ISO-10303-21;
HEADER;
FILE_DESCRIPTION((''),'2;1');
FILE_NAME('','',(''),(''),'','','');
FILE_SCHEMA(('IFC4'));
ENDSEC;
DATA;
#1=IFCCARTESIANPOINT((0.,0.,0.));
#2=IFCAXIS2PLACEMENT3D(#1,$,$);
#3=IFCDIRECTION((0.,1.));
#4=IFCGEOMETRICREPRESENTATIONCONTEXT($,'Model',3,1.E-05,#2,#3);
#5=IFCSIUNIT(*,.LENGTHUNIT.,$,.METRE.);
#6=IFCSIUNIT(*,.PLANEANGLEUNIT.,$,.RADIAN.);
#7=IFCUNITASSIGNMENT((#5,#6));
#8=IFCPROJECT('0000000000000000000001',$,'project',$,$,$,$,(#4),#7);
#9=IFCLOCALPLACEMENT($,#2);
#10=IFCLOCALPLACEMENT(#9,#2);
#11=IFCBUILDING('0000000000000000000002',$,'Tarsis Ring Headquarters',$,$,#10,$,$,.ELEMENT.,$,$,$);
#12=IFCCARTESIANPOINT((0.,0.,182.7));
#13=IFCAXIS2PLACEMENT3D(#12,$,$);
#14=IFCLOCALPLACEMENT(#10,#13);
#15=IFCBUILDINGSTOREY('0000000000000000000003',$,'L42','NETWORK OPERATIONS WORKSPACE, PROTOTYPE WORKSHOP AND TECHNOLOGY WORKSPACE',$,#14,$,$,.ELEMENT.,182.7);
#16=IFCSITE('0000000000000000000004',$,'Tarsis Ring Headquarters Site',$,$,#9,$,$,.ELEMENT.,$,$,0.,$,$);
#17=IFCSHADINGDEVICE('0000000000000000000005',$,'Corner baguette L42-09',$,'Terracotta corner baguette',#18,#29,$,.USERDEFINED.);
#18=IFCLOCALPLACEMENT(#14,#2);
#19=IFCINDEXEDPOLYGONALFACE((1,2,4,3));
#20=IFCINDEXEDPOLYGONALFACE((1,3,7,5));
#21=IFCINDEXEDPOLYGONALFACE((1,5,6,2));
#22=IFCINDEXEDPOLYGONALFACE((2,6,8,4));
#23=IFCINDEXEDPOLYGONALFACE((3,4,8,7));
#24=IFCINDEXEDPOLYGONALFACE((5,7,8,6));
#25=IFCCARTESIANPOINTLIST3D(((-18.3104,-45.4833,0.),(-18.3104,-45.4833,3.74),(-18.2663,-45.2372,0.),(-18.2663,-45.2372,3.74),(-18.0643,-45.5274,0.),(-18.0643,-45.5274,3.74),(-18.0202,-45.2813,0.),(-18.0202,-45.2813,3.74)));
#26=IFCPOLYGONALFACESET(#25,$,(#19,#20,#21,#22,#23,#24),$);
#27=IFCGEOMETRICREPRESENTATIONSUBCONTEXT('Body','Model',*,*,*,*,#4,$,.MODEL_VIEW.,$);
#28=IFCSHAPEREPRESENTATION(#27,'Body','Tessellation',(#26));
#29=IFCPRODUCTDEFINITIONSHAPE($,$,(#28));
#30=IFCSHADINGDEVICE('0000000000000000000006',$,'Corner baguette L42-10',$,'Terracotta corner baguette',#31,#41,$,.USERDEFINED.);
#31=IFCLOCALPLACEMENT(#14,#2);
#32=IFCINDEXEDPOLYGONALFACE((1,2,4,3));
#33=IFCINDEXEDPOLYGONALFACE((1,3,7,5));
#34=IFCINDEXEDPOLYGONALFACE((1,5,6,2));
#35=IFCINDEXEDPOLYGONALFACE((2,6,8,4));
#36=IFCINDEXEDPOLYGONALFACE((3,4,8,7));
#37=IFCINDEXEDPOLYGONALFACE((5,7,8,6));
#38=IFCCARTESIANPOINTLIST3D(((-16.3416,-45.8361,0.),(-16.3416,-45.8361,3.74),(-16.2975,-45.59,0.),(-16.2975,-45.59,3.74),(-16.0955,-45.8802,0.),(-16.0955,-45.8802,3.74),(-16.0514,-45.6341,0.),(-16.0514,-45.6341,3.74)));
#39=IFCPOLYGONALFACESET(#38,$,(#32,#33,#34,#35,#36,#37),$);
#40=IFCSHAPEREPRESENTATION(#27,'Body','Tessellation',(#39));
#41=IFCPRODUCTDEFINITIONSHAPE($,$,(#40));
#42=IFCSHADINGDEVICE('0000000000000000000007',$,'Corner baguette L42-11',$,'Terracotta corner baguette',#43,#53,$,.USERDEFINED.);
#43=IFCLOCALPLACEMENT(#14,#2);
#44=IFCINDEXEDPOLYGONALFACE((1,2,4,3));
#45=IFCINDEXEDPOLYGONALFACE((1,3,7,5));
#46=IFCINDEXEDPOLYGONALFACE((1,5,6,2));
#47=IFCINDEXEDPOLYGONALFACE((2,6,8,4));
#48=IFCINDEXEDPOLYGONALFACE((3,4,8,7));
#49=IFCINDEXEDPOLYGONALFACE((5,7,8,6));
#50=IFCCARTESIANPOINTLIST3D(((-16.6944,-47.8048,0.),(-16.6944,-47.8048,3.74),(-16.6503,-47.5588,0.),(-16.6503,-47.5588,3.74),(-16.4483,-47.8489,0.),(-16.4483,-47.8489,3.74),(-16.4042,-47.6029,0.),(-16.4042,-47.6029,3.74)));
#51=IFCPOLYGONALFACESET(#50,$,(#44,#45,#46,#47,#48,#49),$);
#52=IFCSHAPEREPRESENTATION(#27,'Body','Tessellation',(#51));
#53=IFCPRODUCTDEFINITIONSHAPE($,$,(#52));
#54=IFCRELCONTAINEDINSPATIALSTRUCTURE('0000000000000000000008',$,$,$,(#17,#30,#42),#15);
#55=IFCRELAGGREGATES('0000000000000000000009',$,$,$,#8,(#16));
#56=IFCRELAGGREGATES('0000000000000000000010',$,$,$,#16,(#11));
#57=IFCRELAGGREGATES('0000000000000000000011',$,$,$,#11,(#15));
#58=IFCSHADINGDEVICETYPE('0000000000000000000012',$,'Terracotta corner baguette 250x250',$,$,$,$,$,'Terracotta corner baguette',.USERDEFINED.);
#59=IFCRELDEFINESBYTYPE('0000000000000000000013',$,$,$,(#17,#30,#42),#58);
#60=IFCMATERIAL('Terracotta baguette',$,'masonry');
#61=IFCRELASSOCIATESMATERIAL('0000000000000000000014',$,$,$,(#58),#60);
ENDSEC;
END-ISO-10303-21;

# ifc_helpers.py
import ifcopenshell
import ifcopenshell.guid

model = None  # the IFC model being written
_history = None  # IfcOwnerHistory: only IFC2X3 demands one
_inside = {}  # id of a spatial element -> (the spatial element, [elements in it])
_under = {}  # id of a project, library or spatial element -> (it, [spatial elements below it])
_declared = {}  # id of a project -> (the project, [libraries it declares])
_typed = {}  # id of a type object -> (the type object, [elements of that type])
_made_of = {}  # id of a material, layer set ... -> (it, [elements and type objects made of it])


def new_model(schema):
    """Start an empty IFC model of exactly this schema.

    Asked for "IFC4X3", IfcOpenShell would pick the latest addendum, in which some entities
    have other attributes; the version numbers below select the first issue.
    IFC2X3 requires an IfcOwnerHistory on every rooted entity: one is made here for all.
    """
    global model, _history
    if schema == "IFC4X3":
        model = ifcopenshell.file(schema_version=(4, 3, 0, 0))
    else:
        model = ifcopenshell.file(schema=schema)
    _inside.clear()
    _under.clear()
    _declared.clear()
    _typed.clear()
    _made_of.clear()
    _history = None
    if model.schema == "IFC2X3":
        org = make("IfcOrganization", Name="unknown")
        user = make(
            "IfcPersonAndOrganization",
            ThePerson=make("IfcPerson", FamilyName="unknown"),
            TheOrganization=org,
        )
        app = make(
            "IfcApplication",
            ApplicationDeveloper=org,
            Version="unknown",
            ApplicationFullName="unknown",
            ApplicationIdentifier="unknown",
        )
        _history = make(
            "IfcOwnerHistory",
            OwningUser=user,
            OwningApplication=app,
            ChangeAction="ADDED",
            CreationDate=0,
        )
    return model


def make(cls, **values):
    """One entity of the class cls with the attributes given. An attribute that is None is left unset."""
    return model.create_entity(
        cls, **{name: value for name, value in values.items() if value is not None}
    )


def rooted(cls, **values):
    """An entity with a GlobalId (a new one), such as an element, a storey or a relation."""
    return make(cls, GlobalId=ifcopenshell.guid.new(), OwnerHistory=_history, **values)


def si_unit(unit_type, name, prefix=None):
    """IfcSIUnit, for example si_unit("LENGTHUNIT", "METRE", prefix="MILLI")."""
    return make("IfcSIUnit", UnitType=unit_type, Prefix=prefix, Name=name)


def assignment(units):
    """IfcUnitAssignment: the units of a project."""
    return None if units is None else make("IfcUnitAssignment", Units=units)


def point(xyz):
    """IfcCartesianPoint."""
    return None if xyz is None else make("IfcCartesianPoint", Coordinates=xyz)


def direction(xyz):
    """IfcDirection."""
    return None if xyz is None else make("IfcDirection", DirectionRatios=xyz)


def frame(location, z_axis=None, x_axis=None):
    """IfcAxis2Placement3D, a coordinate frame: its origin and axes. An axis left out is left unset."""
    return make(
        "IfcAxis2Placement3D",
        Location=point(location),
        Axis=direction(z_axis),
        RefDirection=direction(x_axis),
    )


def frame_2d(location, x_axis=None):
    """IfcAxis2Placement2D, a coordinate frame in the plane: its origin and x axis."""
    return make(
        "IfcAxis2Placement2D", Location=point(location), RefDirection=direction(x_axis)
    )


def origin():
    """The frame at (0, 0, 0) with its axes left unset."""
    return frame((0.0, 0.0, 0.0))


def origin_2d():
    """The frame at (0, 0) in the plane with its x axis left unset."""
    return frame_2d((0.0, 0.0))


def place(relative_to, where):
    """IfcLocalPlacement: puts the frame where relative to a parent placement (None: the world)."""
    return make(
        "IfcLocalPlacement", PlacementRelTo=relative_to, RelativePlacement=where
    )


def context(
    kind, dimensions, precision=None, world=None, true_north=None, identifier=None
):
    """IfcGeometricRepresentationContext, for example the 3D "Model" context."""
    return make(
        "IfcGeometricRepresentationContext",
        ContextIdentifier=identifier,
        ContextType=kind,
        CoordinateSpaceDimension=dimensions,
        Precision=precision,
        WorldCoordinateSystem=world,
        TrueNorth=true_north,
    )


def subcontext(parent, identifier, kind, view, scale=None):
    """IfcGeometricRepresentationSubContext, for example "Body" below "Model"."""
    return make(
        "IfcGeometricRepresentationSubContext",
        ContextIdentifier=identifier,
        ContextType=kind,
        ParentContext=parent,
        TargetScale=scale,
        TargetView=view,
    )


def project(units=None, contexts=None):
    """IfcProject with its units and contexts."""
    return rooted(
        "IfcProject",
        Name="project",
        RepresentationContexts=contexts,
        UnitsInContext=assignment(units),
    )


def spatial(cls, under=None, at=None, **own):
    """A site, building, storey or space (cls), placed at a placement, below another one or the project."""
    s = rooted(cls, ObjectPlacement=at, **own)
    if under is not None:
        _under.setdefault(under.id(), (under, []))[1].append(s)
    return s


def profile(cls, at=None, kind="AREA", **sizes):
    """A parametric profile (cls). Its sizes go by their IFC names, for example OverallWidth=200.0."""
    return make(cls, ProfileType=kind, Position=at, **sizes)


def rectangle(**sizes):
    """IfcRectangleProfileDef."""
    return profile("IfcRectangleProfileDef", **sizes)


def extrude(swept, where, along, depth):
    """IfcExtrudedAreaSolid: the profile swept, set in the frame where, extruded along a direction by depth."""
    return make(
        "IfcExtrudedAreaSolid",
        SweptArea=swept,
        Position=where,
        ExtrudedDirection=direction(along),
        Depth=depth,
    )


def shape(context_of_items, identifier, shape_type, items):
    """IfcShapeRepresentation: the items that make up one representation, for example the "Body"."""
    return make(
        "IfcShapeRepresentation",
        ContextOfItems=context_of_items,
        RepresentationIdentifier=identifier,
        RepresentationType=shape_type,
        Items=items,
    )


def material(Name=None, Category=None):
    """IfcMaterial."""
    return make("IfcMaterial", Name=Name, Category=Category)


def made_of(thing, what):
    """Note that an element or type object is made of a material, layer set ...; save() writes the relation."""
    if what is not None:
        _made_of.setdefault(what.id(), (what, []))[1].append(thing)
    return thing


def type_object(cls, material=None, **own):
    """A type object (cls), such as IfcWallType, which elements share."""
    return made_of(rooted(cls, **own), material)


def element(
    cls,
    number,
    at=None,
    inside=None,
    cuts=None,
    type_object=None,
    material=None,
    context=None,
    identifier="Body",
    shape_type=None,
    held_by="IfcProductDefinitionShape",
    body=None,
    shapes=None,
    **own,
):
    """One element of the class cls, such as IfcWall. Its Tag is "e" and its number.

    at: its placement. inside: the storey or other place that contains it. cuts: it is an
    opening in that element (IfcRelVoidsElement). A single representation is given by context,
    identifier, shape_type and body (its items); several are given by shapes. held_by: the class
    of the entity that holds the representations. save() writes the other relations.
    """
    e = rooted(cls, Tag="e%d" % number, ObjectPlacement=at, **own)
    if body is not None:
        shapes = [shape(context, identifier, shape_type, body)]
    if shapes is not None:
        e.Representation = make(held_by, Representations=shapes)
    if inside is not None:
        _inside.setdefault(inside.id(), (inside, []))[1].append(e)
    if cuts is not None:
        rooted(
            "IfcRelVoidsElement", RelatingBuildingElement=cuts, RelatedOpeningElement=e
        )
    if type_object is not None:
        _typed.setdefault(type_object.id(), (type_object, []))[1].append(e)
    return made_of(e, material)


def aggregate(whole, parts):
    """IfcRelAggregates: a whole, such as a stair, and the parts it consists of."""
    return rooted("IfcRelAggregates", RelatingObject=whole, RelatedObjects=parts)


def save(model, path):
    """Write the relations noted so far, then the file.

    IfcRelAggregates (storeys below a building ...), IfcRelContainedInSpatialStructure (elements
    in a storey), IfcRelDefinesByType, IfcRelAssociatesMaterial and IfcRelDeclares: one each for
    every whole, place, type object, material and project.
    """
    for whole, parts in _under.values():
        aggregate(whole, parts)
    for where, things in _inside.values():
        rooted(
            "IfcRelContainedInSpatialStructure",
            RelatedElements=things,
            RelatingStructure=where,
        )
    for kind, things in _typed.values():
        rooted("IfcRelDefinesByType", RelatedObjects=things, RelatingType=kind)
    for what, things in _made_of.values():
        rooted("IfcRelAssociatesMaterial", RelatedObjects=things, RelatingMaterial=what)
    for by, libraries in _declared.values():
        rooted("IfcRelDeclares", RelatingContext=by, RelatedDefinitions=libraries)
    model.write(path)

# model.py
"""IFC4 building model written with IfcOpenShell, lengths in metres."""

from ifc_helpers import new_model, si_unit, direction, frame, origin, origin_2d, place, context, subcontext, project, spatial, rectangle, extrude, material, type_object, element, save


model = new_model("IFC4")

# Units and contexts
model_context = context("Model", 3, precision=1e-05, world=origin(), true_north=direction((0.0, 1.0)))
body_context = subcontext(model_context, "Body", "Model", "MODEL_VIEW")
ifc_project = project(units=[si_unit("LENGTHUNIT", "METRE"), si_unit("PLANEANGLEUNIT", "RADIAN")], contexts=[model_context])

# Site, building, storey
site_placement = place(None, origin())
site = spatial("IfcSite", under=ifc_project, at=site_placement, Name="Tarsis Ring Headquarters Site", CompositionType="ELEMENT", RefElevation=0.0)
building_placement = place(site_placement, origin())
building = spatial("IfcBuilding", under=site, at=building_placement, Name="Tarsis Ring Headquarters", CompositionType="ELEMENT")
storey_placement = place(building_placement, frame((0.0, 0.0, 182.7)))
storey = spatial("IfcBuildingStorey", under=building, at=storey_placement, Name="L42", Description="NETWORK OPERATIONS WORKSPACE, PROTOTYPE WORKSHOP AND TECHNOLOGY WORKSPACE", CompositionType="ELEMENT", Elevation=182.7)

# Shading devices
ifc_material_1 = material(Name="Terracotta baguette", Category="masonry")
shading_device_type_1 = type_object("IfcShadingDeviceType", Name="Terracotta corner baguette 250x250", ElementType="Terracotta corner baguette", PredefinedType="USERDEFINED", material=ifc_material_1)
for number, where, z_axis, x_axis, name in (
    (1, (-18.1653, -45.3823, 0.0), (0.0, 0.0, 1.0), (-0.176398, -0.984319, 0.0), "Corner baguette L42-09"),
    (2, (-16.1965, -45.7351, 0.0), (0.0, 0.0, 1.0), (0.984319, -0.176398, 0.0), "Corner baguette L42-10"),
    (3, (-16.5493, -47.7039, 0.0), (0.0, 0.0, 1.0), (-0.176397, -0.984319, 0.0), "Corner baguette L42-11"),
):
    element("IfcShadingDevice", number, at=place(storey_placement, frame(where, z_axis=z_axis, x_axis=x_axis)), inside=storey, type_object=shading_device_type_1, Name=name, ObjectType="Terracotta corner baguette", PredefinedType="USERDEFINED", context=body_context, shape_type="SweptSolid", body=[
        extrude(rectangle(XDim=0.25, YDim=0.25, at=origin_2d()), origin(), (0.0, 0.0, 1.0), 3.74),
    ])

save(model, "model.ifc")
